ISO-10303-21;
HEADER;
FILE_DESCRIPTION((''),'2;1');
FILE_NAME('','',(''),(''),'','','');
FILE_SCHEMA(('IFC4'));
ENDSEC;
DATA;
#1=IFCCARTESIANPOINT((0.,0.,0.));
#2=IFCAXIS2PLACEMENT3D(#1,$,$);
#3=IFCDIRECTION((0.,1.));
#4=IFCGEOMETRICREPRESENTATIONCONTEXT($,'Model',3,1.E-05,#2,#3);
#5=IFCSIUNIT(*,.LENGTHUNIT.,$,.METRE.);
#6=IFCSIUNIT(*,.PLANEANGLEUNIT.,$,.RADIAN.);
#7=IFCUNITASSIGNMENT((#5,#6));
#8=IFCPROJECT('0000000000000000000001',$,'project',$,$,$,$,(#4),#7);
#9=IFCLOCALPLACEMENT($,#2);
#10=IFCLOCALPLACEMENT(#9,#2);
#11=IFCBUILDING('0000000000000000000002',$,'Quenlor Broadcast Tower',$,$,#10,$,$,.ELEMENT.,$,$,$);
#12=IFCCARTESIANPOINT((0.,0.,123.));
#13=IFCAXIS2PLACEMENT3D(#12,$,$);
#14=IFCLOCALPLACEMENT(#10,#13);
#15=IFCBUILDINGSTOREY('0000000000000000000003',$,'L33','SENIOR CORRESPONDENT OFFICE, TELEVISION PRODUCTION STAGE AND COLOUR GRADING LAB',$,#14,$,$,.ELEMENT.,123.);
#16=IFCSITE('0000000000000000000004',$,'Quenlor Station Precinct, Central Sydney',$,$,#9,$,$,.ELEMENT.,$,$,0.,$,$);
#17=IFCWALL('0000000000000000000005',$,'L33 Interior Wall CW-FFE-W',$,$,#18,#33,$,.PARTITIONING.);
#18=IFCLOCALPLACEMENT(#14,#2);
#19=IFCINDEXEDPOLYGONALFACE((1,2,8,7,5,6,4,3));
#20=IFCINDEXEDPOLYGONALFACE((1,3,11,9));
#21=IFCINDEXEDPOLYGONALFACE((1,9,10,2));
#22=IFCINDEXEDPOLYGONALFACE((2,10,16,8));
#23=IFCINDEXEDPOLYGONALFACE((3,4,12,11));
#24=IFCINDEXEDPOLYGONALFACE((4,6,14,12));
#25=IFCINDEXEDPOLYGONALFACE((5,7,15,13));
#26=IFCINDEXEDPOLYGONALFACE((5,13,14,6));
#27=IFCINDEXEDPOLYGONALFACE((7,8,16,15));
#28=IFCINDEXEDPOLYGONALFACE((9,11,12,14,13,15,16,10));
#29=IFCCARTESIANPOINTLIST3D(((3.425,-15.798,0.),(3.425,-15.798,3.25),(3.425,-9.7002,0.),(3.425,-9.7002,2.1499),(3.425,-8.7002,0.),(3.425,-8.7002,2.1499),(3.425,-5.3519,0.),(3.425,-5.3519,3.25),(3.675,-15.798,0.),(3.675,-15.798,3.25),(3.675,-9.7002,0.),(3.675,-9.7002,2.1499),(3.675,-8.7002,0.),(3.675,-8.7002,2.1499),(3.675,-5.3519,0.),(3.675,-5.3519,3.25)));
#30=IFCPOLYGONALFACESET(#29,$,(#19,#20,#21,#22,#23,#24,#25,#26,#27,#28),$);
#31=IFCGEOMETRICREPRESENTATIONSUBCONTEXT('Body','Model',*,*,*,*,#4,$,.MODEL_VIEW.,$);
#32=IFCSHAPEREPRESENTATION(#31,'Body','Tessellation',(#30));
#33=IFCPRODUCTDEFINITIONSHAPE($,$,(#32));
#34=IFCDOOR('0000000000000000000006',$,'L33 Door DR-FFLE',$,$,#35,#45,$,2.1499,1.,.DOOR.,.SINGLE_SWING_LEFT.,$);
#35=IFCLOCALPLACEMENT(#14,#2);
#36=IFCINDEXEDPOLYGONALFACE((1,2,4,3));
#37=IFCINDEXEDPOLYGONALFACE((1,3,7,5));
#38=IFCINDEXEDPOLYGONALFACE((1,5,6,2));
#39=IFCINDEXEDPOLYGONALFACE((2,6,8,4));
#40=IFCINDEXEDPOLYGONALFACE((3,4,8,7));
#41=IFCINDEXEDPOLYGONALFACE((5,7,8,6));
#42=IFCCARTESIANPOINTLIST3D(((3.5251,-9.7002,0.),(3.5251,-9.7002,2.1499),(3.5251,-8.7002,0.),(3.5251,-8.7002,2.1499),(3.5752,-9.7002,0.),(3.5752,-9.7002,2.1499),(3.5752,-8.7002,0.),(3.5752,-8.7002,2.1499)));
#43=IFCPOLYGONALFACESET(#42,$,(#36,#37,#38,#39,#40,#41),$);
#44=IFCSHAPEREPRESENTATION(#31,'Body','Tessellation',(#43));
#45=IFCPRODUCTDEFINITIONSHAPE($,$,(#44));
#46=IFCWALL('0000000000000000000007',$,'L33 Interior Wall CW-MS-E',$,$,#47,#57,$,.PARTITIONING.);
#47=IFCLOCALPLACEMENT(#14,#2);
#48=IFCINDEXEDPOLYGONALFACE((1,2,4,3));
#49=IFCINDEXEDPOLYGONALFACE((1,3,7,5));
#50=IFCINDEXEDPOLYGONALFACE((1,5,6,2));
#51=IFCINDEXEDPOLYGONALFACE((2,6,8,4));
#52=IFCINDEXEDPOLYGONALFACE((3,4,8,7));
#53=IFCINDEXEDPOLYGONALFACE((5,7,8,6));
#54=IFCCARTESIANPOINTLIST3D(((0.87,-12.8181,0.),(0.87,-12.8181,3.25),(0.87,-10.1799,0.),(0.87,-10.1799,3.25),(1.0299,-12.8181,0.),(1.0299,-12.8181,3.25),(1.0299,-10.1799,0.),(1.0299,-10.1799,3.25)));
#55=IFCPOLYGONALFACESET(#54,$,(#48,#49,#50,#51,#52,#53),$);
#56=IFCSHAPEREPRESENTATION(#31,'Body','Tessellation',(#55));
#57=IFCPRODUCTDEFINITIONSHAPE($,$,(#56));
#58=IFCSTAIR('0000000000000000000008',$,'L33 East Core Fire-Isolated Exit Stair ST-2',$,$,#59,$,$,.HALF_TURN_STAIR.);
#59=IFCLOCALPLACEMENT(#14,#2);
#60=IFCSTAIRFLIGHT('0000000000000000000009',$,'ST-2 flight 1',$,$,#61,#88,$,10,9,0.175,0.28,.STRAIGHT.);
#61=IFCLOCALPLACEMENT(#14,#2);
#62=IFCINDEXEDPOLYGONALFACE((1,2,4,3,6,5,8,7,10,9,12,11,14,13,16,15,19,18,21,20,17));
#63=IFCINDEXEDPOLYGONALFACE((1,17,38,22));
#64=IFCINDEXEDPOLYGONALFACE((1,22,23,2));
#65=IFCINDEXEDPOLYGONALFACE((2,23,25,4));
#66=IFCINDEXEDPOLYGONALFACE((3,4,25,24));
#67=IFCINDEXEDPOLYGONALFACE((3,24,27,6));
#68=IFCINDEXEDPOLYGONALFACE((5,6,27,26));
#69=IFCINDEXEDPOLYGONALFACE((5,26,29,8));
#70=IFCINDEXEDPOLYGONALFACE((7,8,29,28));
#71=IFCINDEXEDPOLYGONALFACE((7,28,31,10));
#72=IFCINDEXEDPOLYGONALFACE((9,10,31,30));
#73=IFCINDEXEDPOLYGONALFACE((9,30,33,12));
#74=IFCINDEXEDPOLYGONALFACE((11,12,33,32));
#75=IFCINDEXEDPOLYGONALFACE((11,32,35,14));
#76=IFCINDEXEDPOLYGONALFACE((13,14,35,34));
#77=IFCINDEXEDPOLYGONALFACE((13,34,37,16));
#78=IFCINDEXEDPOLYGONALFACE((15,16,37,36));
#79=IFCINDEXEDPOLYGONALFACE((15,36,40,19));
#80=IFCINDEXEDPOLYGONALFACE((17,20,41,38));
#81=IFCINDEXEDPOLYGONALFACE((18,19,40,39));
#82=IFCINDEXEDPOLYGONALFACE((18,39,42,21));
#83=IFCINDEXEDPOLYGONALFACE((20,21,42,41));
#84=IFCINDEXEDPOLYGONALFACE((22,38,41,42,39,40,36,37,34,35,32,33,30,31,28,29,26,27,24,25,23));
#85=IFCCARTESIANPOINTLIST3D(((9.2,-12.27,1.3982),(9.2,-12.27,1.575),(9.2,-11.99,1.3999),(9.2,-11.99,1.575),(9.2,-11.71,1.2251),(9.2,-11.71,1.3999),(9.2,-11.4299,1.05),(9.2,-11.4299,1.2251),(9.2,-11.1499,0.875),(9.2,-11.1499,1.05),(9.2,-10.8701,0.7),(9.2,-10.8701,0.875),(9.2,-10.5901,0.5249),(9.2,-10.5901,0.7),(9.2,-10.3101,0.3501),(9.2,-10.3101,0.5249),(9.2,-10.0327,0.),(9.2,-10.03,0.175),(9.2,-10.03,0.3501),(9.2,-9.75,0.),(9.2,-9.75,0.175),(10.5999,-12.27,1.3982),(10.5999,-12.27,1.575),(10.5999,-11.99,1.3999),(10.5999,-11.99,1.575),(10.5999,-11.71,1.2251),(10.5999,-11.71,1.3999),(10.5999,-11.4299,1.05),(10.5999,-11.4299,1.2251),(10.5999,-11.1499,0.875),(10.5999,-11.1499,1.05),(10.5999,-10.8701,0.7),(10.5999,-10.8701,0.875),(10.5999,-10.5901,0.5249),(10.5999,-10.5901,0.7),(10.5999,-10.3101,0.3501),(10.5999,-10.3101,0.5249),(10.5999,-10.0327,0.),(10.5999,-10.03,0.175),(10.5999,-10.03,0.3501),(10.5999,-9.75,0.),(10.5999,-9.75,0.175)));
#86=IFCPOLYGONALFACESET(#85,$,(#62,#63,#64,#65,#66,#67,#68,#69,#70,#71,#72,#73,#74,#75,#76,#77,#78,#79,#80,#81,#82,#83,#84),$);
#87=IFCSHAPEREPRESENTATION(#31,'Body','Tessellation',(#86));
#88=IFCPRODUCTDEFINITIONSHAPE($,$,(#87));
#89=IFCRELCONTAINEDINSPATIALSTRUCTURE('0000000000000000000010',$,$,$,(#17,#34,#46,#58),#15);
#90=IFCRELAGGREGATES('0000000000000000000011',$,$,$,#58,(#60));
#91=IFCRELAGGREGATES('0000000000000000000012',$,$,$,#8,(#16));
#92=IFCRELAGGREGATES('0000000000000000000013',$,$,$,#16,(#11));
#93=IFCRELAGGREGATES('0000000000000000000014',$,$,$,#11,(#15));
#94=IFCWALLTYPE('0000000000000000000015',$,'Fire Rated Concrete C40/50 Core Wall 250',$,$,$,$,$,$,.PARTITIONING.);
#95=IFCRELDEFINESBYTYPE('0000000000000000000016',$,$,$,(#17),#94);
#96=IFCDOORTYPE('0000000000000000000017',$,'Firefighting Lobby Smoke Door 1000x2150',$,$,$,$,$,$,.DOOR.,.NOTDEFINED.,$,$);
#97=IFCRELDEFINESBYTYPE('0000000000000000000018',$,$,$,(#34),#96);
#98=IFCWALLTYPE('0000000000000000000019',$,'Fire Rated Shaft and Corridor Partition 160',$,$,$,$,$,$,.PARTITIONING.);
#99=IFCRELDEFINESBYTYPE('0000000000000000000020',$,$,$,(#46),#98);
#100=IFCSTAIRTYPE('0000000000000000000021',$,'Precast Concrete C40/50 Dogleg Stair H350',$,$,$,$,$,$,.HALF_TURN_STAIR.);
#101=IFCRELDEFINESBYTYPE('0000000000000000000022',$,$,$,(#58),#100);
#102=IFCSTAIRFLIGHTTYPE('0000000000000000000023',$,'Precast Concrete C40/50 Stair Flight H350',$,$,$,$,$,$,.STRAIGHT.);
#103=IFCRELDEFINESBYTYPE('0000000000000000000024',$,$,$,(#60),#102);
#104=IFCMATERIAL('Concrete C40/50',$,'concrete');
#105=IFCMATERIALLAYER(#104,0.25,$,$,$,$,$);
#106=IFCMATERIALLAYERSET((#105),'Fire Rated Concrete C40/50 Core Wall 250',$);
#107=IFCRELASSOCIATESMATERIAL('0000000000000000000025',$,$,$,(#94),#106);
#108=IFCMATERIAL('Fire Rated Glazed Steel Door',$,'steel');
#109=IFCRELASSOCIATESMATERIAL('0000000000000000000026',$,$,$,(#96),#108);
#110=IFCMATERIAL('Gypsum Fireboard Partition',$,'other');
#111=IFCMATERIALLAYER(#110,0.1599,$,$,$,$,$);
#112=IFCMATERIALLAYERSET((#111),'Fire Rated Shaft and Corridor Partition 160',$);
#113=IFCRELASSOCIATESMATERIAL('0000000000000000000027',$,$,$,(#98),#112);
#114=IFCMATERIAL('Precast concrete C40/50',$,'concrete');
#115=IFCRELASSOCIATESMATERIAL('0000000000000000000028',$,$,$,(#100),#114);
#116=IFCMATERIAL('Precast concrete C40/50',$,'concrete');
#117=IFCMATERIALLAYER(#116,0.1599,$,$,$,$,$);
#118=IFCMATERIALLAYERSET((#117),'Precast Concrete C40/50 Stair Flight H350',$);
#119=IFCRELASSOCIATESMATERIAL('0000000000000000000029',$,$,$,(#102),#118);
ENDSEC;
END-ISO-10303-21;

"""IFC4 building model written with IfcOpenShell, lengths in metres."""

from ifc_helpers import new_model, si_unit, direction, frame, frame_2d, origin, place, context, subcontext, project, spatial, polyline, rectangle, outline, extrude, material, layer, layer_set, type_object, element, fill, aggregate, save


model = new_model("IFC4")

# Units and contexts
model_context = context("Model", 3, precision=1e-05, world=origin(), true_north=direction((0.0, 1.0)))
body_context = subcontext(model_context, "Body", "Model", "MODEL_VIEW")
ifc_project = project(units=[si_unit("LENGTHUNIT", "METRE"), si_unit("PLANEANGLEUNIT", "RADIAN")], contexts=[model_context])

# Site, building, storey
site_placement = place(None, origin())
site = spatial("IfcSite", under=ifc_project, at=site_placement, Name="Quenlor Station Precinct, Central Sydney", CompositionType="ELEMENT", RefElevation=0.0)
building_placement = place(site_placement, origin())
building = spatial("IfcBuilding", under=site, at=building_placement, Name="Quenlor Broadcast Tower", CompositionType="ELEMENT")
storey_placement = place(building_placement, frame((0.0, 0.0, 123.0)))
storey = spatial("IfcBuildingStorey", under=building, at=storey_placement, Name="L33", Description="SENIOR CORRESPONDENT OFFICE, TELEVISION PRODUCTION STAGE AND COLOUR GRADING LAB", CompositionType="ELEMENT", Elevation=123.0)

# Shared definitions
ifc_material_1 = material(Name="Concrete C40/50", Category="concrete")
ifc_layer_1 = layer(ifc_material_1, 0.25)
ifc_layer_set_1 = layer_set([ifc_layer_1], Name="Fire Rated Concrete C40/50 Core Wall 250")
wall_type_1 = type_object("IfcWallType", Name="Fire Rated Concrete C40/50 Core Wall 250", PredefinedType="PARTITIONING", material=ifc_layer_set_1)

# Wall, opening, door
wall_1_placement = place(storey_placement, frame((3.55, -15.7981, 0.0), z_axis=(0.0, 0.0, 1.0), x_axis=(0.0, 1.0, 0.0)))
wall_1 = element("IfcWall", 1, at=wall_1_placement, inside=storey, type_object=wall_type_1, Name="L33 Interior Wall CW-FFE-W", PredefinedType="PARTITIONING", context=body_context, shape_type="SweptSolid", body=[
    extrude(rectangle(XDim=10.446, YDim=0.25, at=frame_2d((5.2231, 0.0))), origin(), (0.0, 0.0, 1.0), 3.25),
])
opening_1_placement = place(wall_1_placement, frame((6.0979, 0.0, 0.0)))
opening_1 = element("IfcOpeningElement", 2, at=opening_1_placement, cuts=wall_1, PredefinedType="OPENING", context=body_context, shape_type="SweptSolid", body=[
    extrude(rectangle(XDim=1.0, YDim=2.1499, at=frame_2d((0.5, 1.075))), frame((0.0, 0.135, 0.0), z_axis=(0.0, -1.0, 0.0), x_axis=(1.0, 0.0, 0.0)), (0.0, 0.0, 1.0), 0.27),
])
ifc_material_2 = material(Name="Fire Rated Glazed Steel Door", Category="steel")
door_type_1 = type_object("IfcDoorType", Name="Firefighting Lobby Smoke Door 1000x2150", OperationType="NOTDEFINED", PredefinedType="DOOR", material=ifc_material_2)
door_1_placement = place(opening_1_placement, origin())
door_1 = element("IfcDoor", 3, at=door_1_placement, inside=storey, type_object=door_type_1, Name="L33 Door DR-FFLE", OperationType="SINGLE_SWING_LEFT", OverallHeight=2.1499, OverallWidth=1.0, PredefinedType="DOOR", context=body_context, shape_type="SweptSolid", body=[
    extrude(rectangle(XDim=1.0, YDim=2.1499, at=frame_2d((0.5, 1.075))), frame((0.0, 0.0249, 0.0), z_axis=(0.0, -1.0, 0.0), x_axis=(1.0, 0.0, 0.0)), (0.0, 0.0, 1.0), 0.05),
])
fill(opening_1, door_1)

# Wall
ifc_material_3 = material(Name="Gypsum Fireboard Partition", Category="other")
ifc_layer_2 = layer(ifc_material_3, 0.1599)
ifc_layer_set_2 = layer_set([ifc_layer_2], Name="Fire Rated Shaft and Corridor Partition 160")
wall_type_2 = type_object("IfcWallType", Name="Fire Rated Shaft and Corridor Partition 160", PredefinedType="PARTITIONING", material=ifc_layer_set_2)
wall_2_placement = place(storey_placement, frame((0.95, -12.8181, 0.0), z_axis=(0.0, 0.0, 1.0), x_axis=(0.0, 1.0, 0.0)))
element("IfcWall", 4, at=wall_2_placement, inside=storey, type_object=wall_type_2, Name="L33 Interior Wall CW-MS-E", PredefinedType="PARTITIONING", context=body_context, shape_type="SweptSolid", body=[
    extrude(rectangle(XDim=2.6382, YDim=0.1599, at=frame_2d((1.3191, 0.0))), origin(), (0.0, 0.0, 1.0), 3.25),
])

# Stair, stair flight
ifc_material_4 = material(Name="Precast concrete C40/50", Category="concrete")
stair_type = type_object("IfcStairType", Name="Precast Concrete C40/50 Dogleg Stair H350", PredefinedType="HALF_TURN_STAIR", material=ifc_material_4)
stair_placement = place(storey_placement, origin())
stair = element("IfcStair", 5, at=stair_placement, inside=storey, type_object=stair_type, Name="L33 East Core Fire-Isolated Exit Stair ST-2", PredefinedType="HALF_TURN_STAIR")
ifc_material_5 = material(Name="Precast concrete C40/50", Category="concrete")
ifc_layer_3 = layer(ifc_material_5, 0.1599)
ifc_layer_set_3 = layer_set([ifc_layer_3], Name="Precast Concrete C40/50 Stair Flight H350")
stair_flight_type = type_object("IfcStairFlightType", Name="Precast Concrete C40/50 Stair Flight H350", PredefinedType="STRAIGHT", material=ifc_layer_set_3)
stair_flight_placement = place(storey_placement, frame((9.8999, -9.75, 0.0), z_axis=(0.0, 0.0, 1.0), x_axis=(0.0, -1.0, 0.0)))
stair_flight = element("IfcStairFlight", 6, at=stair_flight_placement, type_object=stair_flight_type, Name="ST-2 flight 1", NumberOfRisers=10, NumberOfTreads=9, PredefinedType="STRAIGHT", RiserHeight=0.175, TreadLength=0.28, context=body_context, shape_type="SweptSolid", body=[
    extrude(outline(polyline([(0.0, 0.0), (0.0, 0.175), (0.28, 0.175), (0.28, 0.3501), (0.5601, 0.3501), (0.5601, 0.5249), (0.8401, 0.5249), (0.8401, 0.7), (1.1201, 0.7), (1.1201, 0.875), (1.3999, 0.875), (1.3999, 1.05), (1.6799, 1.05), (1.6799, 1.2251), (1.96, 1.2251), (1.96, 1.3999), (2.24, 1.3999), (2.24, 1.575), (2.52, 1.575), (2.52, 1.75), (2.52, 1.3982), (0.2827, 0.0), (0.0, 0.0)])), frame((0.0, 0.7, 0.0), z_axis=(0.0, -1.0, 0.0), x_axis=(1.0, 0.0, 0.0)), (0.0, 0.0, 1.0), 1.3999),
])
aggregate(stair, [stair_flight])

save(model, "model.ifc")
